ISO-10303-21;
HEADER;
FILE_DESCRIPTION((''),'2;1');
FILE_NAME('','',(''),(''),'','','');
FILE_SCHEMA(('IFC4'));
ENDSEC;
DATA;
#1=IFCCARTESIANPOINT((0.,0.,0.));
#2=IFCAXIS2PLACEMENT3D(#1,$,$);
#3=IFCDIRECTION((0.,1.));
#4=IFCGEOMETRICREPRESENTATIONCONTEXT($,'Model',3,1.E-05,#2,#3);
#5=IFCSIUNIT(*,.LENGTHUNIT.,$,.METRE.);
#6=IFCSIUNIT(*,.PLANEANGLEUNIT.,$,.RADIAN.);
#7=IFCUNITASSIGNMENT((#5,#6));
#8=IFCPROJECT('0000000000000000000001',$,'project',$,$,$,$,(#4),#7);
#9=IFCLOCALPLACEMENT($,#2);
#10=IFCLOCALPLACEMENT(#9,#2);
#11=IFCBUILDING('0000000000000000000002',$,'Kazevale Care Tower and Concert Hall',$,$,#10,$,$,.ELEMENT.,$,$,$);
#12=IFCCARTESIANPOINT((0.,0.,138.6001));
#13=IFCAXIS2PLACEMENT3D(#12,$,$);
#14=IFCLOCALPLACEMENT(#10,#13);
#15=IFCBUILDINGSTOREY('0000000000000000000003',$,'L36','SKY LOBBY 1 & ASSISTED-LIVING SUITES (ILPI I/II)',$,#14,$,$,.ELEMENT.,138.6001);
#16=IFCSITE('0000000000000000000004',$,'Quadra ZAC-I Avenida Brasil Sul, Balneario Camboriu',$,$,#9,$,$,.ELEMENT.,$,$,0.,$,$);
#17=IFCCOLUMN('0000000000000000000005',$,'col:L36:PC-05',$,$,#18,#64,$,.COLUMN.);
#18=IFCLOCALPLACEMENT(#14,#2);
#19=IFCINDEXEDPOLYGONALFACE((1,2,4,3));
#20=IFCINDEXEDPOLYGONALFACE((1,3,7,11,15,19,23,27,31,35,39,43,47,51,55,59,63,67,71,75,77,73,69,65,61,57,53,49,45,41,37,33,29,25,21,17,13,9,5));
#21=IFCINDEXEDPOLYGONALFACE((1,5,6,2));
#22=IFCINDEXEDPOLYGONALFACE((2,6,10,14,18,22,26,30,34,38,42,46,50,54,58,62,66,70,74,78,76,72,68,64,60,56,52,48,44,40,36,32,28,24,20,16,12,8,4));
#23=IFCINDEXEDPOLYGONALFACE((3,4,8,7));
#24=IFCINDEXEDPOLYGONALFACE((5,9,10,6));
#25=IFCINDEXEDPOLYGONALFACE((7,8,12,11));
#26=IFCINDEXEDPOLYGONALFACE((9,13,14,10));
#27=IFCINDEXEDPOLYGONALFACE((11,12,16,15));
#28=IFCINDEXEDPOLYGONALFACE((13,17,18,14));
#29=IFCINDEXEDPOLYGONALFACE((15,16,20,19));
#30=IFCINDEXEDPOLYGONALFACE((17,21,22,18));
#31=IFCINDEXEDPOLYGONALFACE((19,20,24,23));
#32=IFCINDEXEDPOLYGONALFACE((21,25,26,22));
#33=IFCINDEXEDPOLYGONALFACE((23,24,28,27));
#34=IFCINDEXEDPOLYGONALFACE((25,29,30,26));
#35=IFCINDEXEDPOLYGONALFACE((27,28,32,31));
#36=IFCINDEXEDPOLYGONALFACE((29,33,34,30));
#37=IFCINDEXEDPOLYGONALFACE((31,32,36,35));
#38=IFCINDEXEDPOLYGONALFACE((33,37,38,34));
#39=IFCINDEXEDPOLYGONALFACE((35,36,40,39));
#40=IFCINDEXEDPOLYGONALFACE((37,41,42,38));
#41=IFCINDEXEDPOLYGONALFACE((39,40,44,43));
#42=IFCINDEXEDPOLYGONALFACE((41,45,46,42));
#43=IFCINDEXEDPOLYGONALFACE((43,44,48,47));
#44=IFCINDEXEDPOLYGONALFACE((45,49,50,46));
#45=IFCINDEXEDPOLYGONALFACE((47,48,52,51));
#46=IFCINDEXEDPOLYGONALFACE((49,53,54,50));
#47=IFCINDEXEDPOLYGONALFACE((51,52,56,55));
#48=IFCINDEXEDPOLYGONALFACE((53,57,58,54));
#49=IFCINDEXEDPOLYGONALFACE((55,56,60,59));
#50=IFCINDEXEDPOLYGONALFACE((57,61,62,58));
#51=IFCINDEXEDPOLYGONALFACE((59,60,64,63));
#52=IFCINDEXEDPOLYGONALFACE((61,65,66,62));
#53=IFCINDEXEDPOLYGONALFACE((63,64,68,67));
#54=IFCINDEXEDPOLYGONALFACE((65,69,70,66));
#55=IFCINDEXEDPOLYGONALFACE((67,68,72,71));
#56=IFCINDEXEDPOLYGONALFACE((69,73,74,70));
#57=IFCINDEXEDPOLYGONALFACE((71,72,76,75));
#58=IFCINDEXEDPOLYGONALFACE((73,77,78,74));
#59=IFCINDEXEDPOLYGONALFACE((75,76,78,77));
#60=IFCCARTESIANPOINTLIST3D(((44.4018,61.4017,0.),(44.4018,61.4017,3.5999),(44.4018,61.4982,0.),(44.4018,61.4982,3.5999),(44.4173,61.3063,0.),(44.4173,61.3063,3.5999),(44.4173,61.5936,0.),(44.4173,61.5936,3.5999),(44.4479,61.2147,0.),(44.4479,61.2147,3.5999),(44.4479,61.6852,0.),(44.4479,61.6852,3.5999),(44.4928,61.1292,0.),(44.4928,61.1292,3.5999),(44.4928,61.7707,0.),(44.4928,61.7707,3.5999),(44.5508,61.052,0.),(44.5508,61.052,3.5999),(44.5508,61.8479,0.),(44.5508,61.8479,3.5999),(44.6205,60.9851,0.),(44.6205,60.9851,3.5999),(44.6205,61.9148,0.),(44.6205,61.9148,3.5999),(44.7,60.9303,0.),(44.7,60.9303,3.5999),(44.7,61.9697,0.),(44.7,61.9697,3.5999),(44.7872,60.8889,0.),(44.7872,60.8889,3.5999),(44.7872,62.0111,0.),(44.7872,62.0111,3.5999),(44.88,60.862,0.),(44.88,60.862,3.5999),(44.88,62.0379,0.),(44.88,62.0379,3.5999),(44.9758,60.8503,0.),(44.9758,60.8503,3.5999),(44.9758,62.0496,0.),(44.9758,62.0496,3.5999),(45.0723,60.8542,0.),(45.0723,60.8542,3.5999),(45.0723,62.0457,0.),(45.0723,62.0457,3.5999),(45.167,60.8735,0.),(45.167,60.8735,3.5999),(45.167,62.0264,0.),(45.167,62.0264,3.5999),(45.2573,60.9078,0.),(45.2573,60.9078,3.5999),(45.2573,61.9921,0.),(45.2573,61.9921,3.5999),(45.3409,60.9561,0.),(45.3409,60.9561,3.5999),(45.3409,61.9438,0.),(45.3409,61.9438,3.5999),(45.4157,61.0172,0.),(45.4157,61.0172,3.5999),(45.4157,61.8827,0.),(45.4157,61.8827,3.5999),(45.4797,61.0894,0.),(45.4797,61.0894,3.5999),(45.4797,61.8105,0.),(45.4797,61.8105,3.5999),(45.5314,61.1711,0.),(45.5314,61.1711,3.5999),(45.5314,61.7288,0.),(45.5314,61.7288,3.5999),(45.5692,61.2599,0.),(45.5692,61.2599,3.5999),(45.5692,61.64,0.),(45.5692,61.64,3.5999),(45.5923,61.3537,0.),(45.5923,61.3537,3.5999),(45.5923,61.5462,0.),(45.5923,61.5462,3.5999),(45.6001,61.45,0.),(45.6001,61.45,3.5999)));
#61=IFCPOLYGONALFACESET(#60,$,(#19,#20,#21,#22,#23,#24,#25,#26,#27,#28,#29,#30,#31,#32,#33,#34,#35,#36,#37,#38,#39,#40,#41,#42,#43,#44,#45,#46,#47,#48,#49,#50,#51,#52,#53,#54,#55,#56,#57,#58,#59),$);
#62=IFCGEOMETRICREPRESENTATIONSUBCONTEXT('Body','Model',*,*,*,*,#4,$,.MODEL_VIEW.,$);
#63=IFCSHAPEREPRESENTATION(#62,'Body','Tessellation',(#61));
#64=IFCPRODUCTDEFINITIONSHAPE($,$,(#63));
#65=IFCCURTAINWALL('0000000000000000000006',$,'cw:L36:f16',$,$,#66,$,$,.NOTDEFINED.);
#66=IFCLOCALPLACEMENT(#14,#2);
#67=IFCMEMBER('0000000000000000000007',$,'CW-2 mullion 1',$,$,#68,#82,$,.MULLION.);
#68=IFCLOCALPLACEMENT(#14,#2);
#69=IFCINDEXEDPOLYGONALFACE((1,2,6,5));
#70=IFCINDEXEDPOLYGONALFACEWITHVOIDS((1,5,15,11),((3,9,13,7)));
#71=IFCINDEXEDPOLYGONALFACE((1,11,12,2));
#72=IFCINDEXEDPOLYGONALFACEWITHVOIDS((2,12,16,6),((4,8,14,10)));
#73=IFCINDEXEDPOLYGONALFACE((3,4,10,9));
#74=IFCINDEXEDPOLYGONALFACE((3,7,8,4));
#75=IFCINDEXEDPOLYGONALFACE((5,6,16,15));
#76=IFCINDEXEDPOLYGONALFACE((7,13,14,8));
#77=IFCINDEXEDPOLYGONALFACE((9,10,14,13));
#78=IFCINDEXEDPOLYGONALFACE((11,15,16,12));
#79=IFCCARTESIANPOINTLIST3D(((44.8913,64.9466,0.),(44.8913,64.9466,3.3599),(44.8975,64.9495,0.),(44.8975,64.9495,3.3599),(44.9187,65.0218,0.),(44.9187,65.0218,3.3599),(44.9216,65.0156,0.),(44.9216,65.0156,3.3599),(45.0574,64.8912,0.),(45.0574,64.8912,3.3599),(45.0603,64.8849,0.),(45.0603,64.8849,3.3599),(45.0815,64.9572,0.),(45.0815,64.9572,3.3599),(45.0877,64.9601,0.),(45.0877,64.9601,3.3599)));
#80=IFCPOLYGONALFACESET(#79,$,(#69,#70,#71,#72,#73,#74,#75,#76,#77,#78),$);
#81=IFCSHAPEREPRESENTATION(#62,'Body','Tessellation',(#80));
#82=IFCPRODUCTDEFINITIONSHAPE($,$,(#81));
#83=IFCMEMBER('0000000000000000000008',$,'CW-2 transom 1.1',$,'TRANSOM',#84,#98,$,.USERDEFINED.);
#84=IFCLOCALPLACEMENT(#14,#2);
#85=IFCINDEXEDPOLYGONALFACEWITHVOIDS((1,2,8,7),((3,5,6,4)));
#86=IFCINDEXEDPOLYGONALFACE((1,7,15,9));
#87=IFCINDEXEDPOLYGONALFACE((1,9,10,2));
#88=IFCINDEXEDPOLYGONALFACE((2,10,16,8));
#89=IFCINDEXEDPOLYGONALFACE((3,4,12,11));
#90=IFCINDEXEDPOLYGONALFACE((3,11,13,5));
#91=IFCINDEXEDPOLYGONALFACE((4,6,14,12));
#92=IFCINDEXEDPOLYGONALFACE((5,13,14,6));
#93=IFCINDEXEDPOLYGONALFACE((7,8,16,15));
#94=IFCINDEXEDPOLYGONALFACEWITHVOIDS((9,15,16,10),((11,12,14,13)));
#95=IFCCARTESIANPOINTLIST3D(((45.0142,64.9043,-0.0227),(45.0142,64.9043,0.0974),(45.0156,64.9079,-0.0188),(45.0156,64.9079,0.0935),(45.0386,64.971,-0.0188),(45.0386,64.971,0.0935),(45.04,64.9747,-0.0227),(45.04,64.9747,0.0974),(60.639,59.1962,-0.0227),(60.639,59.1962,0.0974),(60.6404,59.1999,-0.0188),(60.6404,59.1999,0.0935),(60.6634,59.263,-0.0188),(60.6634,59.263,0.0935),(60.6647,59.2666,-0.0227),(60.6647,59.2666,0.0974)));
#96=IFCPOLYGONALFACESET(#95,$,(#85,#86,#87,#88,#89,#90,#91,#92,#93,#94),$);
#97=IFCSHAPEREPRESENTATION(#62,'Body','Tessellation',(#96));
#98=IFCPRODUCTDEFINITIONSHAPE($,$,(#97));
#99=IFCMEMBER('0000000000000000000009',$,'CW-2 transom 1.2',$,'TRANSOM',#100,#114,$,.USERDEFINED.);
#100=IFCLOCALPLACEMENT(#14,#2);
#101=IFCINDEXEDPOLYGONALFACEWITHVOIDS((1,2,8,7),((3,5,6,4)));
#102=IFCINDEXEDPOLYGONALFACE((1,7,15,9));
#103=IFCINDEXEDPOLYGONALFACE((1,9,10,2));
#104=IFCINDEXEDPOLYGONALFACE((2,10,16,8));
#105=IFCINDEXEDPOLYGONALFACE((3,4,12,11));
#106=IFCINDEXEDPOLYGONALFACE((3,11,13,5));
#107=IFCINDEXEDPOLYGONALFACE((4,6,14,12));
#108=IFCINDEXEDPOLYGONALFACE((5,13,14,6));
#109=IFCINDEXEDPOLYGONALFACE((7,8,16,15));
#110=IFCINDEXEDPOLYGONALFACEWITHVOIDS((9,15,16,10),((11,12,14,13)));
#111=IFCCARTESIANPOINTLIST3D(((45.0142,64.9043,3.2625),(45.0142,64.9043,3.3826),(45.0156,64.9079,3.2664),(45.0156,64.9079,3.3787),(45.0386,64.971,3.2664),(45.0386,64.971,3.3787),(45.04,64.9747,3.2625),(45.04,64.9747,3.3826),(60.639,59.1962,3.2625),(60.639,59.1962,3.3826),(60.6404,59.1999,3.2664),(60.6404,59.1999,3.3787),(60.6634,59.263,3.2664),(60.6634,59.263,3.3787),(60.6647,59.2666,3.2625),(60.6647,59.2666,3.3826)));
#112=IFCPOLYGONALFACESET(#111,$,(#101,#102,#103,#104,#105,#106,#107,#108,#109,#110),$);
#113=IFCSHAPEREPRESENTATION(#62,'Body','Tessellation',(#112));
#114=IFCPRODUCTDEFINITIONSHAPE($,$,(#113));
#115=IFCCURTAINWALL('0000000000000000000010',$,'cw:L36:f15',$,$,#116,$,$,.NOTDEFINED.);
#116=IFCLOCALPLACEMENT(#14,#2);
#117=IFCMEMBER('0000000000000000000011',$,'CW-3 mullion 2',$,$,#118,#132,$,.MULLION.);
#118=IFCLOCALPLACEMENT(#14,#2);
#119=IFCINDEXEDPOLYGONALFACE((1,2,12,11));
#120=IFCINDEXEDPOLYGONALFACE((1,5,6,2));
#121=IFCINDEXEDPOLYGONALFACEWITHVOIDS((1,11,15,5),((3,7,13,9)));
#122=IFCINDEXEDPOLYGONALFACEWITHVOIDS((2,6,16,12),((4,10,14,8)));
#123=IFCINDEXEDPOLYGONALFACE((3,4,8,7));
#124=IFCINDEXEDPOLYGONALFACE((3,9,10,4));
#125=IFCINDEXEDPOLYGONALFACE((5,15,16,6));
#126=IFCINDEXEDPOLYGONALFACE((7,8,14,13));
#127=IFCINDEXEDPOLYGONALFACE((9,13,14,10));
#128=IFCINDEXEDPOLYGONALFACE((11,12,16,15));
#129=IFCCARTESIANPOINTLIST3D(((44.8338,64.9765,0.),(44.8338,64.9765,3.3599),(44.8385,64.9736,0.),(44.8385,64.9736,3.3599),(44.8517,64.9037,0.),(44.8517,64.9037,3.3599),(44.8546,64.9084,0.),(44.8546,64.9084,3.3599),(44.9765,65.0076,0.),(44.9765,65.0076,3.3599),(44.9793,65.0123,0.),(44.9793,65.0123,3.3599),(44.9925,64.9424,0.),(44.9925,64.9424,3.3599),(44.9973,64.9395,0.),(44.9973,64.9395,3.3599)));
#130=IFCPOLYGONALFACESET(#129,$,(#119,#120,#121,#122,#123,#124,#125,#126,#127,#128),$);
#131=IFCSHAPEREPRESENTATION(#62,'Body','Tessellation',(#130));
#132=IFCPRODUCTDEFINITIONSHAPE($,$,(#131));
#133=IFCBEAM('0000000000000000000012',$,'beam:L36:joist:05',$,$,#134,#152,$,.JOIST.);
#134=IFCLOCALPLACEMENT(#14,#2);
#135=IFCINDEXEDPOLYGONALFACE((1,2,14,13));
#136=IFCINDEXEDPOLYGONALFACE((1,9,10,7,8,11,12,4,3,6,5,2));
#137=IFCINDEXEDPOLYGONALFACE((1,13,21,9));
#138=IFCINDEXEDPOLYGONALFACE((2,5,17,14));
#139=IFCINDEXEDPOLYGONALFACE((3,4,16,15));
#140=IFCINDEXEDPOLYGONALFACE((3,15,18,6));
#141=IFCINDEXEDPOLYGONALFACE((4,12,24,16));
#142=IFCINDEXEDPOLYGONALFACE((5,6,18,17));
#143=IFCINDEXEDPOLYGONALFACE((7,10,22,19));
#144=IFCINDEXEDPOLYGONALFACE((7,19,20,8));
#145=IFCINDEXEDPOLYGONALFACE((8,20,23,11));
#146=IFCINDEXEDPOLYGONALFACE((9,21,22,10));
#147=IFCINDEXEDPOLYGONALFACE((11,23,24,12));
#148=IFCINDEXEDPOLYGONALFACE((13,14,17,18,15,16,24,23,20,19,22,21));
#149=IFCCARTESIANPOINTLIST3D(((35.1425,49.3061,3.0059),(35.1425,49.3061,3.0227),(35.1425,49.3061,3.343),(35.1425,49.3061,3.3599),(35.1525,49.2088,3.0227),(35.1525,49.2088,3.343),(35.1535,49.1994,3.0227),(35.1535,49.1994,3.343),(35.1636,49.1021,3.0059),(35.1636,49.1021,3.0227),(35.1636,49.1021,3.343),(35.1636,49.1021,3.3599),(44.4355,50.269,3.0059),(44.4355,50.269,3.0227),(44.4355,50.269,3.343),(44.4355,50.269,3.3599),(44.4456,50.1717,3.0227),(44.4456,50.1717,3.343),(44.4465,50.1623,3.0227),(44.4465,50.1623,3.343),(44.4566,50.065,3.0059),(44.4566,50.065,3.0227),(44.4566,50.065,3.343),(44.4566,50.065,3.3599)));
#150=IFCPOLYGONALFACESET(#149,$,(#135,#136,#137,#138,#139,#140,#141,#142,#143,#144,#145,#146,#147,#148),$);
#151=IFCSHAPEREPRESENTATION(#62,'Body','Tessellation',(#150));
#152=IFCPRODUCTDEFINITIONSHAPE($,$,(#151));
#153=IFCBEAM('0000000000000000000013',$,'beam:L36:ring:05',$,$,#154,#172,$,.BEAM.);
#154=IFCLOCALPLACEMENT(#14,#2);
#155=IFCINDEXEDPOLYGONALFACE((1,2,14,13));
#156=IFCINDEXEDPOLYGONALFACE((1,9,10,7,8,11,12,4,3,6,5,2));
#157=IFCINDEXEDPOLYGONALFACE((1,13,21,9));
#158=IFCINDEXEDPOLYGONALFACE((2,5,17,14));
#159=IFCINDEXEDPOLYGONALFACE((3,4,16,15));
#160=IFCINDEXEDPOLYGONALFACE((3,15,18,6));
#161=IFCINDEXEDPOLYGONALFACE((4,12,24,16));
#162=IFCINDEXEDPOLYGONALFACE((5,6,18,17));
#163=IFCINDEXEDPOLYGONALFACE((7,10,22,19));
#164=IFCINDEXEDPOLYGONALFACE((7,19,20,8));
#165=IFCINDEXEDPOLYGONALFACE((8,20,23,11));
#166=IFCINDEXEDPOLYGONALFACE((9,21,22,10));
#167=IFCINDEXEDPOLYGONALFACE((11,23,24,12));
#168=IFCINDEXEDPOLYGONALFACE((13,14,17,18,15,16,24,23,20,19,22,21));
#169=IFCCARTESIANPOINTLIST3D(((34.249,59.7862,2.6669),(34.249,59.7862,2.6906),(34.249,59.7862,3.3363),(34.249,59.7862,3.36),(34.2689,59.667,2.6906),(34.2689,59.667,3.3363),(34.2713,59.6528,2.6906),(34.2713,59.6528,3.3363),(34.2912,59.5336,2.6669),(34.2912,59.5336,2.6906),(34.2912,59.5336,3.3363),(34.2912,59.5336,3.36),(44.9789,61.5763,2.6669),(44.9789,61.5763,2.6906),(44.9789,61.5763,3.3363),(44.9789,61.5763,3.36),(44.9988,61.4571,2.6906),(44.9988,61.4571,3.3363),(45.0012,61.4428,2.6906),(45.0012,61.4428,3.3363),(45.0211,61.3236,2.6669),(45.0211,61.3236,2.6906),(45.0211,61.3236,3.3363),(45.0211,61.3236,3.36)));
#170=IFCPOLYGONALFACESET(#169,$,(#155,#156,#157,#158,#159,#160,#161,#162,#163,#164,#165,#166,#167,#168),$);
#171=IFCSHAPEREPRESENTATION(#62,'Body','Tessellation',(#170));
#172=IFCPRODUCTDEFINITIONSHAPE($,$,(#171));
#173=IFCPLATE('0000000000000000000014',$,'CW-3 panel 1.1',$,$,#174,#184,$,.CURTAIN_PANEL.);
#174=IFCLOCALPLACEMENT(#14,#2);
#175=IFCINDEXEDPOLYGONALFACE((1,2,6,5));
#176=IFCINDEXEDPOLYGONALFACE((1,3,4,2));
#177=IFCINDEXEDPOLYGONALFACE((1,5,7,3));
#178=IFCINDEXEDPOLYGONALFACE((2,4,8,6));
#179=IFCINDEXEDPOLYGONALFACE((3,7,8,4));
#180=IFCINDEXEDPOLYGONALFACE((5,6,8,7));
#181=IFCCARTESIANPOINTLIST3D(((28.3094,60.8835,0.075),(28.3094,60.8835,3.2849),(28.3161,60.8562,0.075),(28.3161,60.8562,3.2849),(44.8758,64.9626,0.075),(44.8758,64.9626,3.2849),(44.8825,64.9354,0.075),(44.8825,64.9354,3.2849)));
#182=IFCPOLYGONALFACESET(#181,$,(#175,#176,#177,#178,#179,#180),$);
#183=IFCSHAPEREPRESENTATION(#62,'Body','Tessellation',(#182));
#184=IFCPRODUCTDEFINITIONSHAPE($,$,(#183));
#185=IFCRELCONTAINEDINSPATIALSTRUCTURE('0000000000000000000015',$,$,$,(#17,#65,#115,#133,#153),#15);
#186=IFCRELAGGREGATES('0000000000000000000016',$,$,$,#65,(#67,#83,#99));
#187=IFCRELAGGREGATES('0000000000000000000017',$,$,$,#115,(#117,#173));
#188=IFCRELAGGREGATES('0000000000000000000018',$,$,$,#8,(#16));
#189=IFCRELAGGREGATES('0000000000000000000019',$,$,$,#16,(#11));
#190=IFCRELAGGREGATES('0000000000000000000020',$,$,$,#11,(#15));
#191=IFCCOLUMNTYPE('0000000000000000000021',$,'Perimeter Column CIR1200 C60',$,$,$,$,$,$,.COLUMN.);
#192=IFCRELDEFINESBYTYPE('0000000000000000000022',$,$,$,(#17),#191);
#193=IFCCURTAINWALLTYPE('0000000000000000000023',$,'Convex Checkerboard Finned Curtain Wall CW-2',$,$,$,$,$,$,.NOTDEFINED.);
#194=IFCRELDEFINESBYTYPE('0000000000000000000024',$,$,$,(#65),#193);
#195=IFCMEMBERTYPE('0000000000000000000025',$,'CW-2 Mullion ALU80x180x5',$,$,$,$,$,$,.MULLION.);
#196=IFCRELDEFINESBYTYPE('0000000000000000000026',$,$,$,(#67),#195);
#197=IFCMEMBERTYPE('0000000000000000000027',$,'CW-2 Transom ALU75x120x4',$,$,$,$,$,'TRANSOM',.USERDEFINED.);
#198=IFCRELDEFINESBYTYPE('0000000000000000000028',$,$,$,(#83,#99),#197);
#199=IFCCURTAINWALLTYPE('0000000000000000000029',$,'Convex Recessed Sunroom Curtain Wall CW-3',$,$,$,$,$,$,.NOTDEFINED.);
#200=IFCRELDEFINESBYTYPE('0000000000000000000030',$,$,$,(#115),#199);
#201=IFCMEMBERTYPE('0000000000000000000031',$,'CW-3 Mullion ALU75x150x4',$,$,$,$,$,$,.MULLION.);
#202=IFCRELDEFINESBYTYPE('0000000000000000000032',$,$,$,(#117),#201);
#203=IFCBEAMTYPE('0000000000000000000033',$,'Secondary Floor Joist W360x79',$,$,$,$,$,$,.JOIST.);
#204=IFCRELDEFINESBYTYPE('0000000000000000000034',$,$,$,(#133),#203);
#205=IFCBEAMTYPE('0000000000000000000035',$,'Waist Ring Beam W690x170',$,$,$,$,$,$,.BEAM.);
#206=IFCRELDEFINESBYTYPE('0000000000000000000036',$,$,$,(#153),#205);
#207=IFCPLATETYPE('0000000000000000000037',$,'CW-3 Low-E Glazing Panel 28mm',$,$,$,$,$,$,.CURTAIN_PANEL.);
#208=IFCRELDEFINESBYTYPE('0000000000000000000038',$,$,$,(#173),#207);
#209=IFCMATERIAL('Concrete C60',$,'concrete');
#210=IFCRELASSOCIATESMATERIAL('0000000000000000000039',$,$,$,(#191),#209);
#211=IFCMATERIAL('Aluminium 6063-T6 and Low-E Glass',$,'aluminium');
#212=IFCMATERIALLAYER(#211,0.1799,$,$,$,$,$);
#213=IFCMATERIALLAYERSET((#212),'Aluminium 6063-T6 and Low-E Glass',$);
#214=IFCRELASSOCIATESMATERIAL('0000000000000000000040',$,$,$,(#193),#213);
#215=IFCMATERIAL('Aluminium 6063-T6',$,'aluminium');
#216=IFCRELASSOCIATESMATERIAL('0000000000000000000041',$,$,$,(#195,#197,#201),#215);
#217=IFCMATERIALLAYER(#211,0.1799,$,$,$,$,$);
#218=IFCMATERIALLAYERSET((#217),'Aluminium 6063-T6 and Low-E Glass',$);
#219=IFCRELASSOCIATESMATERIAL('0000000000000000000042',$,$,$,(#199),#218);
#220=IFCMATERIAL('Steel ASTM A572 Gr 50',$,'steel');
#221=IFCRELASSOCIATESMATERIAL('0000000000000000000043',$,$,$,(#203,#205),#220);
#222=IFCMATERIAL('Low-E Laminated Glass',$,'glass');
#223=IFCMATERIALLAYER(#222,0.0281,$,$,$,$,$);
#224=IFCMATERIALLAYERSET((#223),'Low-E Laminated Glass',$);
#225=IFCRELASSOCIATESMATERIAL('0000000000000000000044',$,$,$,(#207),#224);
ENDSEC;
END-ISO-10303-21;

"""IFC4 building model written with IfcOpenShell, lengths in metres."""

from ifc_helpers import new_model, si_unit, direction, frame, origin, origin_2d, place, context, subcontext, project, spatial, rectangle, hollow_rectangle, circle, i_section, extrude, material, layer, layer_set, material_profile, profile_set, type_object, element, aggregate, save


model = new_model("IFC4")

# Units and contexts
model_context = context("Model", 3, precision=1e-05, world=origin(), true_north=direction((0.0, 1.0)))
body_context = subcontext(model_context, "Body", "Model", "MODEL_VIEW")
ifc_project = project(units=[si_unit("LENGTHUNIT", "METRE"), si_unit("PLANEANGLEUNIT", "RADIAN")], contexts=[model_context])

# Site, building, storey
site_placement = place(None, origin())
site = spatial("IfcSite", under=ifc_project, at=site_placement, Name="Quadra ZAC-I Avenida Brasil Sul, Balneario Camboriu", CompositionType="ELEMENT", RefElevation=0.0)
building_placement = place(site_placement, origin())
building = spatial("IfcBuilding", under=site, at=building_placement, Name="Kazevale Care Tower and Concert Hall", CompositionType="ELEMENT")
storey_placement = place(building_placement, frame((0.0, 0.0, 138.6001)))
storey = spatial("IfcBuildingStorey", under=building, at=storey_placement, Name="L36", Description="SKY LOBBY 1 & ASSISTED-LIVING SUITES (ILPI I/II)", CompositionType="ELEMENT", Elevation=138.6001)

# Column
ifc_material_1 = material(Name="Concrete C60", Category="concrete")
ifc_material_profile_1 = material_profile(ifc_material_1, circle(Radius=0.6001, at=origin_2d()), Name="RC-CIR1200")
ifc_profile_set_1 = profile_set([ifc_material_profile_1], Name="Concrete C60")
column_type = type_object("IfcColumnType", Name="Perimeter Column CIR1200 C60", PredefinedType="COLUMN", material=ifc_profile_set_1)
column_placement = place(storey_placement, frame((45.0, 61.45, 0.0), z_axis=(0.0, 0.0, 1.0), x_axis=(1.0, 0.0, 0.0)))
element("IfcColumn", 1, at=column_placement, inside=storey, type_object=column_type, Name="col:L36:PC-05", PredefinedType="COLUMN", context=body_context, shape_type="SweptSolid", body=[
    extrude(circle(Radius=0.6001, at=origin_2d()), origin(), (0.0, 0.0, 1.0), 3.5999),
])

# Curtain wall, members
ifc_material_2 = material(Name="Aluminium 6063-T6 and Low-E Glass", Category="aluminium")
ifc_layer_1 = layer(ifc_material_2, 0.1799)
ifc_layer_set_1 = layer_set([ifc_layer_1], Name="Aluminium 6063-T6 and Low-E Glass")
curtain_wall_type_1 = type_object("IfcCurtainWallType", Name="Convex Checkerboard Finned Curtain Wall CW-2", PredefinedType="NOTDEFINED", material=ifc_layer_set_1)
curtain_wall_1_placement = place(storey_placement, origin())
curtain_wall_1 = element("IfcCurtainWall", 2, at=curtain_wall_1_placement, inside=storey, type_object=curtain_wall_type_1, Name="cw:L36:f16", PredefinedType="NOTDEFINED")
ifc_material_3 = material(Name="Aluminium 6063-T6", Category="aluminium")
ifc_material_profile_2 = material_profile(ifc_material_3, hollow_rectangle(XDim=0.0801, YDim=0.1799, WallThickness=0.0049, at=origin_2d()), Name="ALU80x180x5")
ifc_profile_set_2 = profile_set([ifc_material_profile_2], Name="Aluminium 6063-T6")
member_type_1 = type_object("IfcMemberType", Name="CW-2 Mullion ALU80x180x5", PredefinedType="MULLION", material=ifc_profile_set_2)
member_1_placement = place(storey_placement, frame((44.9895, 64.9534, 0.0), z_axis=(0.0, 0.0, 1.0), x_axis=(0.343143, 0.939283, 0.0)))
member_1 = element("IfcMember", 3, at=member_1_placement, type_object=member_type_1, Name="CW-2 mullion 1", PredefinedType="MULLION", context=body_context, shape_type="SweptSolid", body=[
    extrude(hollow_rectangle(XDim=0.0801, YDim=0.1799, WallThickness=0.0049, at=origin_2d()), origin(), (0.0, 0.0, 1.0), 3.3599),
])
ifc_material_profile_3 = material_profile(ifc_material_3, hollow_rectangle(XDim=0.075, YDim=0.1201, WallThickness=0.0039, at=origin_2d()), Name="ALU75x120x4")
ifc_profile_set_3 = profile_set([ifc_material_profile_3], Name="Aluminium 6063-T6")
member_type_2 = type_object("IfcMemberType", Name="CW-2 Transom ALU75x120x4", ElementType="TRANSOM", PredefinedType="USERDEFINED", material=ifc_profile_set_3)
member_2_placement = place(storey_placement, frame((45.0271, 64.9395, 0.0374), z_axis=(0.939285, -0.343138, 0.0), x_axis=(0.343138, 0.939285, 0.0)))
member_2 = element("IfcMember", 4, at=member_2_placement, type_object=member_type_2, Name="CW-2 transom 1.1", ObjectType="TRANSOM", PredefinedType="USERDEFINED", context=body_context, shape_type="SweptSolid", body=[
    extrude(hollow_rectangle(XDim=0.075, YDim=0.1201, WallThickness=0.0039, at=origin_2d()), origin(), (0.0, 0.0, 1.0), 16.6348),
])
member_3_placement = place(storey_placement, frame((45.0271, 64.9395, 3.3225), z_axis=(0.939285, -0.343138, 0.0), x_axis=(0.343138, 0.939285, 0.0)))
member_3 = element("IfcMember", 5, at=member_3_placement, type_object=member_type_2, Name="CW-2 transom 1.2", ObjectType="TRANSOM", PredefinedType="USERDEFINED", context=body_context, shape_type="SweptSolid", body=[
    extrude(hollow_rectangle(XDim=0.075, YDim=0.1201, WallThickness=0.0039, at=origin_2d()), origin(), (0.0, 0.0, 1.0), 16.6348),
])
aggregate(curtain_wall_1, [member_1, member_2, member_3])

# Curtain wall, member
ifc_layer_2 = layer(ifc_material_2, 0.1799)
ifc_layer_set_2 = layer_set([ifc_layer_2], Name="Aluminium 6063-T6 and Low-E Glass")
curtain_wall_type_2 = type_object("IfcCurtainWallType", Name="Convex Recessed Sunroom Curtain Wall CW-3", PredefinedType="NOTDEFINED", material=ifc_layer_set_2)
curtain_wall_2_placement = place(storey_placement, origin())
curtain_wall_2 = element("IfcCurtainWall", 6, at=curtain_wall_2_placement, inside=storey, type_object=curtain_wall_type_2, Name="cw:L36:f15", PredefinedType="NOTDEFINED")
ifc_material_profile_4 = material_profile(ifc_material_3, hollow_rectangle(XDim=0.075, YDim=0.1499, WallThickness=0.0039, at=origin_2d()), Name="ALU75x150x4")
ifc_profile_set_4 = profile_set([ifc_material_profile_4], Name="Aluminium 6063-T6")
member_type_3 = type_object("IfcMemberType", Name="CW-3 Mullion ALU75x150x4", PredefinedType="MULLION", material=ifc_profile_set_4)
member_4_placement = place(storey_placement, frame((44.9155, 64.958, 0.0), z_axis=(0.0, 0.0, 1.0), x_axis=(-0.239089, 0.970998, 0.0)))
member_4 = element("IfcMember", 7, at=member_4_placement, type_object=member_type_3, Name="CW-3 mullion 2", PredefinedType="MULLION", context=body_context, shape_type="SweptSolid", body=[
    extrude(hollow_rectangle(XDim=0.075, YDim=0.1499, WallThickness=0.0039, at=origin_2d()), origin(), (0.0, 0.0, 1.0), 3.3599),
])

# Beams
ifc_material_4 = material(Name="Steel ASTM A572 Gr 50", Category="steel")
ifc_material_profile_5 = material_profile(ifc_material_4, i_section(OverallWidth=0.2051, OverallDepth=0.354, WebThickness=0.0095, FlangeThickness=0.0168, at=origin_2d()), Name="W360x79")
ifc_profile_set_5 = profile_set([ifc_material_profile_5], Name="Steel ASTM A572 Gr 50")
beam_type_1 = type_object("IfcBeamType", Name="Secondary Floor Joist W360x79", PredefinedType="JOIST", material=ifc_profile_set_5)
beam_1_placement = place(storey_placement, frame((44.446, 50.167, 3.1829), z_axis=(-0.994675, -0.103063, 0.0), x_axis=(0.103063, -0.994675, 0.0)))
element("IfcBeam", 8, at=beam_1_placement, inside=storey, type_object=beam_type_1, Name="beam:L36:joist:05", PredefinedType="JOIST", context=body_context, shape_type="SweptSolid", body=[
    extrude(i_section(OverallWidth=0.2051, OverallDepth=0.354, WebThickness=0.0095, FlangeThickness=0.0168, at=origin_2d()), origin(), (0.0, 0.0, 1.0), 9.3428),
])
ifc_material_profile_6 = material_profile(ifc_material_4, i_section(OverallWidth=0.2561, OverallDepth=0.6931, WebThickness=0.0144, FlangeThickness=0.0237, at=origin_2d()), Name="W690x170")
ifc_profile_set_6 = profile_set([ifc_material_profile_6], Name="Steel ASTM A572 Gr 50")
beam_type_2 = type_object("IfcBeamType", Name="Waist Ring Beam W690x170", PredefinedType="BEAM", material=ifc_profile_set_6)
beam_2_placement = place(storey_placement, frame((45.0, 61.45, 3.0134), z_axis=(-0.986368, -0.164552, 0.0), x_axis=(0.164552, -0.986368, 0.0)))
element("IfcBeam", 9, at=beam_2_placement, inside=storey, type_object=beam_type_2, Name="beam:L36:ring:05", PredefinedType="BEAM", context=body_context, shape_type="SweptSolid", body=[
    extrude(i_section(OverallWidth=0.2561, OverallDepth=0.6931, WebThickness=0.0144, FlangeThickness=0.0237, at=origin_2d()), origin(), (0.0, 0.0, 1.0), 10.8782),
])

# Plate
ifc_material_5 = material(Name="Low-E Laminated Glass", Category="glass")
ifc_layer_3 = layer(ifc_material_5, 0.0281)
ifc_layer_set_3 = layer_set([ifc_layer_3], Name="Low-E Laminated Glass")
plate_type = type_object("IfcPlateType", Name="CW-3 Low-E Glazing Panel 28mm", PredefinedType="CURTAIN_PANEL", material=ifc_layer_set_3)
plate_placement = place(storey_placement, frame((36.5959, 62.9094, 0.075), z_axis=(0.0, 0.0, 1.0), x_axis=(0.970998, 0.239089, 0.0)))
plate = element("IfcPlate", 10, at=plate_placement, type_object=plate_type, Name="CW-3 panel 1.1", PredefinedType="CURTAIN_PANEL", context=body_context, shape_type="SweptSolid", body=[
    extrude(rectangle(XDim=17.0613, YDim=0.0281, at=origin_2d()), origin(), (0.0, 0.0, 1.0), 3.21),
])
aggregate(curtain_wall_2, [member_4, plate])

save(model, "model.ifc")
